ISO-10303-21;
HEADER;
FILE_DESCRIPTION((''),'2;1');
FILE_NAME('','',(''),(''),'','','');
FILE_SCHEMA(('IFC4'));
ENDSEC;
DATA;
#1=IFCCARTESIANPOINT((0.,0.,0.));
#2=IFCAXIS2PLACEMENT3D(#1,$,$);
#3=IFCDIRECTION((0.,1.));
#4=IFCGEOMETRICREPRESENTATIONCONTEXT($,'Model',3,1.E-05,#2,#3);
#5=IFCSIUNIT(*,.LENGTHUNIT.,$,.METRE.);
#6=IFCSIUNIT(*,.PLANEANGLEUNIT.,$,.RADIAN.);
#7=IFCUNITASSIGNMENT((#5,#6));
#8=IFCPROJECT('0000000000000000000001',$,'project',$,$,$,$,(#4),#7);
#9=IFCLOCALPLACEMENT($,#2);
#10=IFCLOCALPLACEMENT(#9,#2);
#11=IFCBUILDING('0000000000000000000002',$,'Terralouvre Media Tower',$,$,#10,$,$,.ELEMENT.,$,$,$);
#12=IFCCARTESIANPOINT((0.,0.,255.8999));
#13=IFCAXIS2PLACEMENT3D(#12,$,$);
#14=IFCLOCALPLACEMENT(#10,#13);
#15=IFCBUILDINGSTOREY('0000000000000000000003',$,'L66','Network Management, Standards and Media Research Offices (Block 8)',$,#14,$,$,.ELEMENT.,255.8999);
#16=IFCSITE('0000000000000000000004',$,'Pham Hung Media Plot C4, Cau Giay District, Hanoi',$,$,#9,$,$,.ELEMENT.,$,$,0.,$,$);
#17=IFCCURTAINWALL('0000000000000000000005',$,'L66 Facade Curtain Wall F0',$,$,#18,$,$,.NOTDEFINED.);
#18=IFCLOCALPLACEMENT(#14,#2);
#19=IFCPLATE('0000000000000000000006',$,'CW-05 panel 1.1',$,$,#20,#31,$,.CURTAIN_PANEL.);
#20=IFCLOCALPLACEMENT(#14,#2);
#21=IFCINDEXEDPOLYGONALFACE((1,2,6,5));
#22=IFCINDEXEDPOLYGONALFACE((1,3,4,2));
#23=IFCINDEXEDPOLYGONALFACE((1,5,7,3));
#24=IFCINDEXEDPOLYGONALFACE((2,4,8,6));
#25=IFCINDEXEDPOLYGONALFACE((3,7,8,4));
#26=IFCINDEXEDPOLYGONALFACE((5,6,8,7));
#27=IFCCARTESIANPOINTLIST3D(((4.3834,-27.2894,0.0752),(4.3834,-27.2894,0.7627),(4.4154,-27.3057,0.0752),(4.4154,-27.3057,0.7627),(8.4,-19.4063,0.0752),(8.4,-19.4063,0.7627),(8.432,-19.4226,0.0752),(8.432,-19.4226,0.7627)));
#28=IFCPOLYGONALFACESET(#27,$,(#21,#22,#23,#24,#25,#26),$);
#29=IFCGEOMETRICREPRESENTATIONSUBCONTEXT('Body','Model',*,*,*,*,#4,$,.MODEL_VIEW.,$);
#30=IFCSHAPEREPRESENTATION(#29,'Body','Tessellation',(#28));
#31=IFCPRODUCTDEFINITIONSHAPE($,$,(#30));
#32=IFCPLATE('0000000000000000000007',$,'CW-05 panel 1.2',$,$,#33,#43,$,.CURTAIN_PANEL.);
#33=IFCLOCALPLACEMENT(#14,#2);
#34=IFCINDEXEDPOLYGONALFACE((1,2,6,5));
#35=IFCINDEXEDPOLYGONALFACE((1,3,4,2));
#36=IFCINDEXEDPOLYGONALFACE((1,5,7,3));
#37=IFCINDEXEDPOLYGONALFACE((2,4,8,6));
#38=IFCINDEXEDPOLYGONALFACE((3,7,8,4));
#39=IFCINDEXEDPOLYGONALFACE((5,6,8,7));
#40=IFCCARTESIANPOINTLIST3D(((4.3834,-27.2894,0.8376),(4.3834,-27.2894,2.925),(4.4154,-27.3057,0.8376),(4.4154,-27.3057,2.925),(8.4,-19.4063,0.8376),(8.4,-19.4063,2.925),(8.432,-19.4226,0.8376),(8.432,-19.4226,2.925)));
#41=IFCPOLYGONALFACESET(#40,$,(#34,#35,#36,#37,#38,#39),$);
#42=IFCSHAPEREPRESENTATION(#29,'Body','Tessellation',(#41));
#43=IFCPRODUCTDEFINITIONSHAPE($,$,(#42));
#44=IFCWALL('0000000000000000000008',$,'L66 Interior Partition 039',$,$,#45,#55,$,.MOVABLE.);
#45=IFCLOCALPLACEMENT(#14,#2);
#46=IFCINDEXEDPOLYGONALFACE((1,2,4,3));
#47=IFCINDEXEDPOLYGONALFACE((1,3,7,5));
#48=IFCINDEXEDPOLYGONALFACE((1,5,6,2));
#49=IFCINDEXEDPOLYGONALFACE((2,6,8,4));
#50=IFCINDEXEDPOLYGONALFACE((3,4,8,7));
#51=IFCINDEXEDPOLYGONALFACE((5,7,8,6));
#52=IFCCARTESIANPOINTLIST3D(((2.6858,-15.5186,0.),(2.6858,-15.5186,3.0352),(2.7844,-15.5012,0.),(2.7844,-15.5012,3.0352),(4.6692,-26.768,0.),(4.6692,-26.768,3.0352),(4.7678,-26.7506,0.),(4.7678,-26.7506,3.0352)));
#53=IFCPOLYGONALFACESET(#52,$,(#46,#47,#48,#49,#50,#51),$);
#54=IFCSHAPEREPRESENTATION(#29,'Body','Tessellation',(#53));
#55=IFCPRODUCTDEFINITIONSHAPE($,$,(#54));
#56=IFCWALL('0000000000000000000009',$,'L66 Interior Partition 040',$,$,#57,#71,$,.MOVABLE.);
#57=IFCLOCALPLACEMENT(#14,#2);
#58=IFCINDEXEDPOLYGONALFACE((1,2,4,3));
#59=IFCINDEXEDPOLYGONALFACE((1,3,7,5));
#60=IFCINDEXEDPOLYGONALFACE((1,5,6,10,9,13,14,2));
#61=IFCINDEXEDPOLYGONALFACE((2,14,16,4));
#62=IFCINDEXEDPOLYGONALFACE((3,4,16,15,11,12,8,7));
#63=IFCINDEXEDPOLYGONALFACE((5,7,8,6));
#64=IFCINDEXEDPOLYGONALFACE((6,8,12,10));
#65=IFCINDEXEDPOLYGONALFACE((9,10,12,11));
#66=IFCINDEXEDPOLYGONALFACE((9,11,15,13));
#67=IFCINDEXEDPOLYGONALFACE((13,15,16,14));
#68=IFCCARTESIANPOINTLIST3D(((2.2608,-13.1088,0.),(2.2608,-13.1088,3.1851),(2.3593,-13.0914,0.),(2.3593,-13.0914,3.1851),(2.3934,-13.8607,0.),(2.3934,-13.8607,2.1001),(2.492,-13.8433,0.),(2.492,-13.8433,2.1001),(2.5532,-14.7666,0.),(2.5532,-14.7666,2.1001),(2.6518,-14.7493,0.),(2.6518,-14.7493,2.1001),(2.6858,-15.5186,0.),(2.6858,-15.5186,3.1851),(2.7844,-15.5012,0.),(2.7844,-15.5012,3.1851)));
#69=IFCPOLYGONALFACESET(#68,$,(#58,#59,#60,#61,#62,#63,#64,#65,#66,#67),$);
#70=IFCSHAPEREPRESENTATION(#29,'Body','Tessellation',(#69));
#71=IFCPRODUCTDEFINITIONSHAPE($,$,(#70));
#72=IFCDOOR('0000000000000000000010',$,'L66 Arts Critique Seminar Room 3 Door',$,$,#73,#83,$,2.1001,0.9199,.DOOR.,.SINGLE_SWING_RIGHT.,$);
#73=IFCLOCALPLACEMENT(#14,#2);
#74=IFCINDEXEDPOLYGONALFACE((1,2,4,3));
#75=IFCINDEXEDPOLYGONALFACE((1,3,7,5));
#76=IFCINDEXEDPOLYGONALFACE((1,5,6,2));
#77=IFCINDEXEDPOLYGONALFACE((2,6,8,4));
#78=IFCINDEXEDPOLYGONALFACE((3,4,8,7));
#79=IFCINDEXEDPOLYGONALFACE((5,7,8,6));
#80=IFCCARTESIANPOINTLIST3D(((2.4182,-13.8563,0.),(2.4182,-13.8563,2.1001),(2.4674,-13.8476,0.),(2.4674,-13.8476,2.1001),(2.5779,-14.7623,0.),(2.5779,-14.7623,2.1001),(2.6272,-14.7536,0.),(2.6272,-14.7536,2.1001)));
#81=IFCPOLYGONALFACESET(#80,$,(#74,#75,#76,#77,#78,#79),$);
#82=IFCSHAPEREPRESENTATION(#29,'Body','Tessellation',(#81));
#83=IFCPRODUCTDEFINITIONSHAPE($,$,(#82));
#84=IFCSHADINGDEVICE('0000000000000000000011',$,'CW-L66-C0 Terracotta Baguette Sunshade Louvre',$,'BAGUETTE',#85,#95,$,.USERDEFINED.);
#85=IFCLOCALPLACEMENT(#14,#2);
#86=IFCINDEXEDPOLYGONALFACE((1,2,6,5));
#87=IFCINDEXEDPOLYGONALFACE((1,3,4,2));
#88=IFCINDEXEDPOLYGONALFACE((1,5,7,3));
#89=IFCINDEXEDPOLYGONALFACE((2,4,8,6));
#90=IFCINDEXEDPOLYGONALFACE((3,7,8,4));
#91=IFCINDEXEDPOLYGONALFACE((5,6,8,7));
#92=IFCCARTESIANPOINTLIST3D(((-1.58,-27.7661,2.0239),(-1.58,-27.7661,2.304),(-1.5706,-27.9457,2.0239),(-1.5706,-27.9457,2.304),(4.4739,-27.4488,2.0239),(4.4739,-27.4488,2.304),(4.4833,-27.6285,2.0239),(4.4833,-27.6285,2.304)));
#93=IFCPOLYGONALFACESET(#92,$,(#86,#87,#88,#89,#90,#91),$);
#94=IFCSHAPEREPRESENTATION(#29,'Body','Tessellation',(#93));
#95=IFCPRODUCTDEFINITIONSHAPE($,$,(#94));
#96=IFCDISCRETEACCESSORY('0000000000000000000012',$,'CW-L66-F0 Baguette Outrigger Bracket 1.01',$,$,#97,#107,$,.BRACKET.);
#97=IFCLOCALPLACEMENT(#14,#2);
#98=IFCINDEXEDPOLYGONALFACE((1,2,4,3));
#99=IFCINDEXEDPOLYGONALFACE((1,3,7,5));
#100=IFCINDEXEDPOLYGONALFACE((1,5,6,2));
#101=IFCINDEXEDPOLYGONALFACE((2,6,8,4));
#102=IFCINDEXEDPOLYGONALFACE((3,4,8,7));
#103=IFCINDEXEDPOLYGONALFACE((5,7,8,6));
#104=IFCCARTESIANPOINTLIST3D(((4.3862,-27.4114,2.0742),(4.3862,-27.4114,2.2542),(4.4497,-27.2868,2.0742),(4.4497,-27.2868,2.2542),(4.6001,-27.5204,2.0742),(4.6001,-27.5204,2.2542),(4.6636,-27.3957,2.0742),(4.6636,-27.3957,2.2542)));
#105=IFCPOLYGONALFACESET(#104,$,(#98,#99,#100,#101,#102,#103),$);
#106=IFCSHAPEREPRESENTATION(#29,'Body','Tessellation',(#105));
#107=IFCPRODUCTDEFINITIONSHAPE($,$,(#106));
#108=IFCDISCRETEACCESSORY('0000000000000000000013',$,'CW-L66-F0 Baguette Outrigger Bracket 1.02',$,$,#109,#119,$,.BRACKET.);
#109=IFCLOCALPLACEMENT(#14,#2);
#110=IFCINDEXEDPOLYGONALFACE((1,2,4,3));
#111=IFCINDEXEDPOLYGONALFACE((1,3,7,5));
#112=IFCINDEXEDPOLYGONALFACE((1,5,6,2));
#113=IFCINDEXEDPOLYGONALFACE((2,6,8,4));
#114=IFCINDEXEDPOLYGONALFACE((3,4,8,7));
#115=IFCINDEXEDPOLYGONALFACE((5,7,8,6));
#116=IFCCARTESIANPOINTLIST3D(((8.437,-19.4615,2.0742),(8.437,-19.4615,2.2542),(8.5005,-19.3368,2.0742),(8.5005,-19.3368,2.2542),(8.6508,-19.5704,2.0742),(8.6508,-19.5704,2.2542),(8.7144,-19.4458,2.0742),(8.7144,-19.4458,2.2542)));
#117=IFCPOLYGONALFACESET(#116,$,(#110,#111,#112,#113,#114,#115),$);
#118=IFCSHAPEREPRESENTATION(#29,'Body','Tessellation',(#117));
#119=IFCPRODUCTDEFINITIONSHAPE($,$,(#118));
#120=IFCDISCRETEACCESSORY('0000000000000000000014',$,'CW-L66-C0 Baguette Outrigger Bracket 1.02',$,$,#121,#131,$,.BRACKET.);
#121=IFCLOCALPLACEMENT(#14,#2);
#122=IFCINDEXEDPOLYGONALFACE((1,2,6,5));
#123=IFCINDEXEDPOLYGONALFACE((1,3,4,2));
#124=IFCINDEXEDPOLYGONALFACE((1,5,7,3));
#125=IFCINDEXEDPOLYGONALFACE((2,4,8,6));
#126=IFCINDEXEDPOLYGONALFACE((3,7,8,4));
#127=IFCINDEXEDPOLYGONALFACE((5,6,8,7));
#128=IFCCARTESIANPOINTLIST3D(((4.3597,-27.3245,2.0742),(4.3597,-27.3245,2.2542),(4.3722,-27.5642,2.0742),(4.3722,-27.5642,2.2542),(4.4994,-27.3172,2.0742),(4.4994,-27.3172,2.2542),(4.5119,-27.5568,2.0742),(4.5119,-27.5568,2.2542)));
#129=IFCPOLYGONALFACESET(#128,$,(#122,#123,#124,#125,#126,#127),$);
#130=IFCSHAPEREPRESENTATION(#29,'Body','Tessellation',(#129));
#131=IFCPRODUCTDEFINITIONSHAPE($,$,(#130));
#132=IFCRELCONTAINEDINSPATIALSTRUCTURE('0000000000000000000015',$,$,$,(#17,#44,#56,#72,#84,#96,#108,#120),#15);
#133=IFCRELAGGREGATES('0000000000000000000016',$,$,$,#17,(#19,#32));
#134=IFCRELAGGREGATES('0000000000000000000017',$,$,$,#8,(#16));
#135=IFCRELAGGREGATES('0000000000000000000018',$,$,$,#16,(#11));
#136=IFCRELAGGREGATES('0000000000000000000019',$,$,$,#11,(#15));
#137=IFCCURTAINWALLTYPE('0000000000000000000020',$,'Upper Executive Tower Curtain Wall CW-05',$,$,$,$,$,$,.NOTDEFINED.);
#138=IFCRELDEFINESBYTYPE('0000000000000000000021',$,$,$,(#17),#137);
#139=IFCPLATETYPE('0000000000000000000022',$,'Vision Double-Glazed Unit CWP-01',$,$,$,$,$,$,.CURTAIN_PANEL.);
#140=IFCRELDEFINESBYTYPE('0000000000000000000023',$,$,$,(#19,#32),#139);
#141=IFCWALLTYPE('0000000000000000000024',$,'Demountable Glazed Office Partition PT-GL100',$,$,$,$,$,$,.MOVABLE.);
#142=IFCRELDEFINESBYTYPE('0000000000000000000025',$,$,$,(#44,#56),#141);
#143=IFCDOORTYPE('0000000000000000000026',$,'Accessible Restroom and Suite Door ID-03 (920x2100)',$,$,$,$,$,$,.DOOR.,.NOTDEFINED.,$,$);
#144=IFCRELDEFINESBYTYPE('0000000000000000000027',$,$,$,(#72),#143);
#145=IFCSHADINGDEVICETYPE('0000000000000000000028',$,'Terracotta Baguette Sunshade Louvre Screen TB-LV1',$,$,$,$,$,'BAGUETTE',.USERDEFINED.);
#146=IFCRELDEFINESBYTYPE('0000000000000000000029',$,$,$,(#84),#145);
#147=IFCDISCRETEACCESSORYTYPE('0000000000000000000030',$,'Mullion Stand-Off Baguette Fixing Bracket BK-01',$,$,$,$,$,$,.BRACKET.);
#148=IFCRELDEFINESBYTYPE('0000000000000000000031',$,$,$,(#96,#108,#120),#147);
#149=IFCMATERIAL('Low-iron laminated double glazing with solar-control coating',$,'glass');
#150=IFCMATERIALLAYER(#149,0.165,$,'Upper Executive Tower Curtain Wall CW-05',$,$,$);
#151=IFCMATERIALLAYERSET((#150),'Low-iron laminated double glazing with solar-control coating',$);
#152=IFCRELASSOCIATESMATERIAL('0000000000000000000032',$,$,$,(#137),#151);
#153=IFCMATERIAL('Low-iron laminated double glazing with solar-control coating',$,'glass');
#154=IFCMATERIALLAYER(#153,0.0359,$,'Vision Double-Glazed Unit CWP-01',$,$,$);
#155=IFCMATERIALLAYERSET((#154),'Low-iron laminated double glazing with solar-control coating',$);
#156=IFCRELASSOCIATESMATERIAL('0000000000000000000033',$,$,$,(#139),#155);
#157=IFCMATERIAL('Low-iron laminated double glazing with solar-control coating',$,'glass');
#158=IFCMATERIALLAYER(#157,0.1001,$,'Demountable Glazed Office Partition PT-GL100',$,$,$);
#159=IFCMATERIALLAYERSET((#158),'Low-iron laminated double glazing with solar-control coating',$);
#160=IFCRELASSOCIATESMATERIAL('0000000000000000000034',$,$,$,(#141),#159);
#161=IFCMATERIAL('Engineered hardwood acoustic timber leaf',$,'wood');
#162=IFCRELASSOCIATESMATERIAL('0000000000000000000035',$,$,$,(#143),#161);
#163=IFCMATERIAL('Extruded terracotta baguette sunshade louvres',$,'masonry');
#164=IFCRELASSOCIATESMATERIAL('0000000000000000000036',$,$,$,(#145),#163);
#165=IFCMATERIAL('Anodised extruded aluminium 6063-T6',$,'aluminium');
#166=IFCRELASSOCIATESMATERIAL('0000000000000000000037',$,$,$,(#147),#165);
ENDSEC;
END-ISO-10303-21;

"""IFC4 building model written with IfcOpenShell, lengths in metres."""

from ifc_helpers import new_model, si_unit, direction, frame, frame_2d, origin, origin_2d, place, context, subcontext, project, spatial, rectangle, extrude, material, layer, layer_set, type_object, element, fill, aggregate, save


model = new_model("IFC4")

# Units and contexts
model_context = context("Model", 3, precision=1e-05, world=origin(), true_north=direction((0.0, 1.0)))
body_context = subcontext(model_context, "Body", "Model", "MODEL_VIEW")
ifc_project = project(units=[si_unit("LENGTHUNIT", "METRE"), si_unit("PLANEANGLEUNIT", "RADIAN")], contexts=[model_context])

# Site, building, storey
site_placement = place(None, origin())
site = spatial("IfcSite", under=ifc_project, at=site_placement, Name="Pham Hung Media Plot C4, Cau Giay District, Hanoi", CompositionType="ELEMENT", RefElevation=0.0)
building_placement = place(site_placement, origin())
building = spatial("IfcBuilding", under=site, at=building_placement, Name="Terralouvre Media Tower", CompositionType="ELEMENT")
storey_placement = place(building_placement, frame((0.0, 0.0, 255.8999)))
storey = spatial("IfcBuildingStorey", under=building, at=storey_placement, Name="L66", Description="Network Management, Standards and Media Research Offices (Block 8)", CompositionType="ELEMENT", Elevation=255.8999)

# Curtain wall
ifc_material_1 = material(Name="Low-iron laminated double glazing with solar-control coating", Category="glass")
ifc_layer_1 = layer(ifc_material_1, 0.165, Name="Upper Executive Tower Curtain Wall CW-05")
ifc_layer_set_1 = layer_set([ifc_layer_1], Name="Low-iron laminated double glazing with solar-control coating")
curtain_wall_type_1 = type_object("IfcCurtainWallType", Name="Upper Executive Tower Curtain Wall CW-05", PredefinedType="NOTDEFINED", material=ifc_layer_set_1)
curtain_wall_1_placement = place(storey_placement, origin())
curtain_wall_1 = element("IfcCurtainWall", 1, at=curtain_wall_1_placement, inside=storey, type_object=curtain_wall_type_1, Name="L66 Facade Curtain Wall F0", PredefinedType="NOTDEFINED")

# Plates
ifc_material_2 = material(Name="Low-iron laminated double glazing with solar-control coating", Category="glass")
ifc_layer_2 = layer(ifc_material_2, 0.0359, Name="Vision Double-Glazed Unit CWP-01")
ifc_layer_set_2 = layer_set([ifc_layer_2], Name="Low-iron laminated double glazing with solar-control coating")
plate_type_1 = type_object("IfcPlateType", Name="Vision Double-Glazed Unit CWP-01", PredefinedType="CURTAIN_PANEL", material=ifc_layer_set_2)
plate_1_placement = place(storey_placement, frame((6.4077, -23.356, 0.0752), z_axis=(0.0, 0.0, 1.0), x_axis=(0.45399, 0.891007, 0.0)))
plate_1 = element("IfcPlate", 2, at=plate_1_placement, type_object=plate_type_1, Name="CW-05 panel 1.1", PredefinedType="CURTAIN_PANEL", context=body_context, shape_type="SweptSolid", body=[
    extrude(rectangle(XDim=8.8474, YDim=0.0359, at=origin_2d()), origin(), (0.0, 0.0, 1.0), 0.6875),
])
plate_2_placement = place(storey_placement, frame((6.4077, -23.356, 0.8376), z_axis=(0.0, 0.0, 1.0), x_axis=(0.45399, 0.891007, 0.0)))
plate_2 = element("IfcPlate", 3, at=plate_2_placement, type_object=plate_type_1, Name="CW-05 panel 1.2", PredefinedType="CURTAIN_PANEL", context=body_context, shape_type="SweptSolid", body=[
    extrude(rectangle(XDim=8.8474, YDim=0.0359, at=origin_2d()), origin(), (0.0, 0.0, 1.0), 2.0874),
])
aggregate(curtain_wall_1, [plate_1, plate_2])

# Wall
ifc_material_3 = material(Name="Low-iron laminated double glazing with solar-control coating", Category="glass")
ifc_layer_3 = layer(ifc_material_3, 0.1001, Name="Demountable Glazed Office Partition PT-GL100")
ifc_layer_set_3 = layer_set([ifc_layer_3], Name="Low-iron laminated double glazing with solar-control coating")
wall_type = type_object("IfcWallType", Name="Demountable Glazed Office Partition PT-GL100", PredefinedType="MOVABLE", material=ifc_layer_set_3)
wall_1_placement = place(storey_placement, frame((4.7185, -26.7593, 0.0), z_axis=(0.0, 0.0, 1.0), x_axis=(-0.173635, 0.98481, 0.0)))
element("IfcWall", 4, at=wall_1_placement, inside=storey, type_object=wall_type, Name="L66 Interior Partition 039", PredefinedType="MOVABLE", context=body_context, shape_type="SweptSolid", body=[
    extrude(rectangle(XDim=11.4229, YDim=0.1001, at=frame_2d((5.7114, 0.0))), origin(), (0.0, 0.0, 1.0), 3.0352),
])

# Wall, opening, door
wall_2_placement = place(storey_placement, frame((2.7351, -15.51, 0.0), z_axis=(0.0, 0.0, 1.0), x_axis=(-0.173694, 0.9848, 0.0)))
wall_2 = element("IfcWall", 5, at=wall_2_placement, inside=storey, type_object=wall_type, Name="L66 Interior Partition 040", PredefinedType="MOVABLE", context=body_context, shape_type="SweptSolid", body=[
    extrude(rectangle(XDim=2.447, YDim=0.1001, at=frame_2d((1.2236, 0.0))), origin(), (0.0, 0.0, 1.0), 3.1851),
])
opening_placement = place(wall_2_placement, frame((0.7637, 0.0, 0.0)))
opening = element("IfcOpeningElement", 6, at=opening_placement, cuts=wall_2, PredefinedType="OPENING", context=body_context, shape_type="SweptSolid", body=[
    extrude(rectangle(XDim=0.9199, YDim=2.1001, at=frame_2d((0.46, 1.05))), frame((0.0, 0.0601, 0.0), z_axis=(0.0, -1.0, 0.0), x_axis=(1.0, 0.0, 0.0)), (0.0, 0.0, 1.0), 0.1201),
])
ifc_material_4 = material(Name="Engineered hardwood acoustic timber leaf", Category="wood")
door_type = type_object("IfcDoorType", Name="Accessible Restroom and Suite Door ID-03 (920x2100)", OperationType="NOTDEFINED", PredefinedType="DOOR", material=ifc_material_4)
door_placement = place(opening_placement, origin())
door = element("IfcDoor", 7, at=door_placement, inside=storey, type_object=door_type, Name="L66 Arts Critique Seminar Room 3 Door", OperationType="SINGLE_SWING_RIGHT", OverallHeight=2.1001, OverallWidth=0.9199, PredefinedType="DOOR", context=body_context, shape_type="SweptSolid", body=[
    extrude(rectangle(XDim=0.9199, YDim=2.1001, at=frame_2d((0.46, 1.05))), frame((0.0, 0.0249, 0.0), z_axis=(0.0, -1.0, 0.0), x_axis=(1.0, 0.0, 0.0)), (0.0, 0.0, 1.0), 0.05),
])
fill(opening, door)

# Shading device
ifc_material_5 = material(Name="Extruded terracotta baguette sunshade louvres", Category="masonry")
shading_device_type = type_object("IfcShadingDeviceType", Name="Terracotta Baguette Sunshade Louvre Screen TB-LV1", ElementType="BAGUETTE", PredefinedType="USERDEFINED", material=ifc_material_5)
shading_device_placement = place(storey_placement, frame((1.4517, -27.6973, 2.0239), z_axis=(0.0, 0.0, 1.0), x_axis=(0.99863, 0.052336, 0.0)))
element("IfcShadingDevice", 8, at=shading_device_placement, inside=storey, type_object=shading_device_type, Name="CW-L66-C0 Terracotta Baguette Sunshade Louvre", ObjectType="BAGUETTE", PredefinedType="USERDEFINED", context=body_context, shape_type="SweptSolid", body=[
    extrude(rectangle(XDim=6.0623, YDim=0.1799, at=origin_2d()), origin(), (0.0, 0.0, 1.0), 0.28),
])

# Discrete accessories
ifc_material_6 = material(Name="Anodised extruded aluminium 6063-T6", Category="aluminium")
discrete_accessory_type = type_object("IfcDiscreteAccessoryType", Name="Mullion Stand-Off Baguette Fixing Bracket BK-01", PredefinedType="BRACKET", material=ifc_material_6)
for number, where, z_axis, x_axis, name in (
    (9, (4.5249, -27.4036, 2.0742), (0.0, 0.0, 1.0), (0.45399, 0.891007, 0.0), "CW-L66-F0 Baguette Outrigger Bracket 1.01"),
    (10, (8.5757, -19.4536, 2.0742), (0.0, 0.0, 1.0), (0.45399, 0.891007, 0.0), "CW-L66-F0 Baguette Outrigger Bracket 1.02"),
    (11, (4.4358, -27.4407, 2.0742), (0.0, 0.0, 1.0), (0.99863, 0.052336, 0.0), "CW-L66-C0 Baguette Outrigger Bracket 1.02"),
):
    element("IfcDiscreteAccessory", number, at=place(storey_placement, frame(where, z_axis=z_axis, x_axis=x_axis)), inside=storey, type_object=discrete_accessory_type, Name=name, PredefinedType="BRACKET", context=body_context, shape_type="SweptSolid", body=[
        extrude(rectangle(XDim=0.1399, YDim=0.24, at=origin_2d()), origin(), (0.0, 0.0, 1.0), 0.1799),
    ])

save(model, "model.ifc")
